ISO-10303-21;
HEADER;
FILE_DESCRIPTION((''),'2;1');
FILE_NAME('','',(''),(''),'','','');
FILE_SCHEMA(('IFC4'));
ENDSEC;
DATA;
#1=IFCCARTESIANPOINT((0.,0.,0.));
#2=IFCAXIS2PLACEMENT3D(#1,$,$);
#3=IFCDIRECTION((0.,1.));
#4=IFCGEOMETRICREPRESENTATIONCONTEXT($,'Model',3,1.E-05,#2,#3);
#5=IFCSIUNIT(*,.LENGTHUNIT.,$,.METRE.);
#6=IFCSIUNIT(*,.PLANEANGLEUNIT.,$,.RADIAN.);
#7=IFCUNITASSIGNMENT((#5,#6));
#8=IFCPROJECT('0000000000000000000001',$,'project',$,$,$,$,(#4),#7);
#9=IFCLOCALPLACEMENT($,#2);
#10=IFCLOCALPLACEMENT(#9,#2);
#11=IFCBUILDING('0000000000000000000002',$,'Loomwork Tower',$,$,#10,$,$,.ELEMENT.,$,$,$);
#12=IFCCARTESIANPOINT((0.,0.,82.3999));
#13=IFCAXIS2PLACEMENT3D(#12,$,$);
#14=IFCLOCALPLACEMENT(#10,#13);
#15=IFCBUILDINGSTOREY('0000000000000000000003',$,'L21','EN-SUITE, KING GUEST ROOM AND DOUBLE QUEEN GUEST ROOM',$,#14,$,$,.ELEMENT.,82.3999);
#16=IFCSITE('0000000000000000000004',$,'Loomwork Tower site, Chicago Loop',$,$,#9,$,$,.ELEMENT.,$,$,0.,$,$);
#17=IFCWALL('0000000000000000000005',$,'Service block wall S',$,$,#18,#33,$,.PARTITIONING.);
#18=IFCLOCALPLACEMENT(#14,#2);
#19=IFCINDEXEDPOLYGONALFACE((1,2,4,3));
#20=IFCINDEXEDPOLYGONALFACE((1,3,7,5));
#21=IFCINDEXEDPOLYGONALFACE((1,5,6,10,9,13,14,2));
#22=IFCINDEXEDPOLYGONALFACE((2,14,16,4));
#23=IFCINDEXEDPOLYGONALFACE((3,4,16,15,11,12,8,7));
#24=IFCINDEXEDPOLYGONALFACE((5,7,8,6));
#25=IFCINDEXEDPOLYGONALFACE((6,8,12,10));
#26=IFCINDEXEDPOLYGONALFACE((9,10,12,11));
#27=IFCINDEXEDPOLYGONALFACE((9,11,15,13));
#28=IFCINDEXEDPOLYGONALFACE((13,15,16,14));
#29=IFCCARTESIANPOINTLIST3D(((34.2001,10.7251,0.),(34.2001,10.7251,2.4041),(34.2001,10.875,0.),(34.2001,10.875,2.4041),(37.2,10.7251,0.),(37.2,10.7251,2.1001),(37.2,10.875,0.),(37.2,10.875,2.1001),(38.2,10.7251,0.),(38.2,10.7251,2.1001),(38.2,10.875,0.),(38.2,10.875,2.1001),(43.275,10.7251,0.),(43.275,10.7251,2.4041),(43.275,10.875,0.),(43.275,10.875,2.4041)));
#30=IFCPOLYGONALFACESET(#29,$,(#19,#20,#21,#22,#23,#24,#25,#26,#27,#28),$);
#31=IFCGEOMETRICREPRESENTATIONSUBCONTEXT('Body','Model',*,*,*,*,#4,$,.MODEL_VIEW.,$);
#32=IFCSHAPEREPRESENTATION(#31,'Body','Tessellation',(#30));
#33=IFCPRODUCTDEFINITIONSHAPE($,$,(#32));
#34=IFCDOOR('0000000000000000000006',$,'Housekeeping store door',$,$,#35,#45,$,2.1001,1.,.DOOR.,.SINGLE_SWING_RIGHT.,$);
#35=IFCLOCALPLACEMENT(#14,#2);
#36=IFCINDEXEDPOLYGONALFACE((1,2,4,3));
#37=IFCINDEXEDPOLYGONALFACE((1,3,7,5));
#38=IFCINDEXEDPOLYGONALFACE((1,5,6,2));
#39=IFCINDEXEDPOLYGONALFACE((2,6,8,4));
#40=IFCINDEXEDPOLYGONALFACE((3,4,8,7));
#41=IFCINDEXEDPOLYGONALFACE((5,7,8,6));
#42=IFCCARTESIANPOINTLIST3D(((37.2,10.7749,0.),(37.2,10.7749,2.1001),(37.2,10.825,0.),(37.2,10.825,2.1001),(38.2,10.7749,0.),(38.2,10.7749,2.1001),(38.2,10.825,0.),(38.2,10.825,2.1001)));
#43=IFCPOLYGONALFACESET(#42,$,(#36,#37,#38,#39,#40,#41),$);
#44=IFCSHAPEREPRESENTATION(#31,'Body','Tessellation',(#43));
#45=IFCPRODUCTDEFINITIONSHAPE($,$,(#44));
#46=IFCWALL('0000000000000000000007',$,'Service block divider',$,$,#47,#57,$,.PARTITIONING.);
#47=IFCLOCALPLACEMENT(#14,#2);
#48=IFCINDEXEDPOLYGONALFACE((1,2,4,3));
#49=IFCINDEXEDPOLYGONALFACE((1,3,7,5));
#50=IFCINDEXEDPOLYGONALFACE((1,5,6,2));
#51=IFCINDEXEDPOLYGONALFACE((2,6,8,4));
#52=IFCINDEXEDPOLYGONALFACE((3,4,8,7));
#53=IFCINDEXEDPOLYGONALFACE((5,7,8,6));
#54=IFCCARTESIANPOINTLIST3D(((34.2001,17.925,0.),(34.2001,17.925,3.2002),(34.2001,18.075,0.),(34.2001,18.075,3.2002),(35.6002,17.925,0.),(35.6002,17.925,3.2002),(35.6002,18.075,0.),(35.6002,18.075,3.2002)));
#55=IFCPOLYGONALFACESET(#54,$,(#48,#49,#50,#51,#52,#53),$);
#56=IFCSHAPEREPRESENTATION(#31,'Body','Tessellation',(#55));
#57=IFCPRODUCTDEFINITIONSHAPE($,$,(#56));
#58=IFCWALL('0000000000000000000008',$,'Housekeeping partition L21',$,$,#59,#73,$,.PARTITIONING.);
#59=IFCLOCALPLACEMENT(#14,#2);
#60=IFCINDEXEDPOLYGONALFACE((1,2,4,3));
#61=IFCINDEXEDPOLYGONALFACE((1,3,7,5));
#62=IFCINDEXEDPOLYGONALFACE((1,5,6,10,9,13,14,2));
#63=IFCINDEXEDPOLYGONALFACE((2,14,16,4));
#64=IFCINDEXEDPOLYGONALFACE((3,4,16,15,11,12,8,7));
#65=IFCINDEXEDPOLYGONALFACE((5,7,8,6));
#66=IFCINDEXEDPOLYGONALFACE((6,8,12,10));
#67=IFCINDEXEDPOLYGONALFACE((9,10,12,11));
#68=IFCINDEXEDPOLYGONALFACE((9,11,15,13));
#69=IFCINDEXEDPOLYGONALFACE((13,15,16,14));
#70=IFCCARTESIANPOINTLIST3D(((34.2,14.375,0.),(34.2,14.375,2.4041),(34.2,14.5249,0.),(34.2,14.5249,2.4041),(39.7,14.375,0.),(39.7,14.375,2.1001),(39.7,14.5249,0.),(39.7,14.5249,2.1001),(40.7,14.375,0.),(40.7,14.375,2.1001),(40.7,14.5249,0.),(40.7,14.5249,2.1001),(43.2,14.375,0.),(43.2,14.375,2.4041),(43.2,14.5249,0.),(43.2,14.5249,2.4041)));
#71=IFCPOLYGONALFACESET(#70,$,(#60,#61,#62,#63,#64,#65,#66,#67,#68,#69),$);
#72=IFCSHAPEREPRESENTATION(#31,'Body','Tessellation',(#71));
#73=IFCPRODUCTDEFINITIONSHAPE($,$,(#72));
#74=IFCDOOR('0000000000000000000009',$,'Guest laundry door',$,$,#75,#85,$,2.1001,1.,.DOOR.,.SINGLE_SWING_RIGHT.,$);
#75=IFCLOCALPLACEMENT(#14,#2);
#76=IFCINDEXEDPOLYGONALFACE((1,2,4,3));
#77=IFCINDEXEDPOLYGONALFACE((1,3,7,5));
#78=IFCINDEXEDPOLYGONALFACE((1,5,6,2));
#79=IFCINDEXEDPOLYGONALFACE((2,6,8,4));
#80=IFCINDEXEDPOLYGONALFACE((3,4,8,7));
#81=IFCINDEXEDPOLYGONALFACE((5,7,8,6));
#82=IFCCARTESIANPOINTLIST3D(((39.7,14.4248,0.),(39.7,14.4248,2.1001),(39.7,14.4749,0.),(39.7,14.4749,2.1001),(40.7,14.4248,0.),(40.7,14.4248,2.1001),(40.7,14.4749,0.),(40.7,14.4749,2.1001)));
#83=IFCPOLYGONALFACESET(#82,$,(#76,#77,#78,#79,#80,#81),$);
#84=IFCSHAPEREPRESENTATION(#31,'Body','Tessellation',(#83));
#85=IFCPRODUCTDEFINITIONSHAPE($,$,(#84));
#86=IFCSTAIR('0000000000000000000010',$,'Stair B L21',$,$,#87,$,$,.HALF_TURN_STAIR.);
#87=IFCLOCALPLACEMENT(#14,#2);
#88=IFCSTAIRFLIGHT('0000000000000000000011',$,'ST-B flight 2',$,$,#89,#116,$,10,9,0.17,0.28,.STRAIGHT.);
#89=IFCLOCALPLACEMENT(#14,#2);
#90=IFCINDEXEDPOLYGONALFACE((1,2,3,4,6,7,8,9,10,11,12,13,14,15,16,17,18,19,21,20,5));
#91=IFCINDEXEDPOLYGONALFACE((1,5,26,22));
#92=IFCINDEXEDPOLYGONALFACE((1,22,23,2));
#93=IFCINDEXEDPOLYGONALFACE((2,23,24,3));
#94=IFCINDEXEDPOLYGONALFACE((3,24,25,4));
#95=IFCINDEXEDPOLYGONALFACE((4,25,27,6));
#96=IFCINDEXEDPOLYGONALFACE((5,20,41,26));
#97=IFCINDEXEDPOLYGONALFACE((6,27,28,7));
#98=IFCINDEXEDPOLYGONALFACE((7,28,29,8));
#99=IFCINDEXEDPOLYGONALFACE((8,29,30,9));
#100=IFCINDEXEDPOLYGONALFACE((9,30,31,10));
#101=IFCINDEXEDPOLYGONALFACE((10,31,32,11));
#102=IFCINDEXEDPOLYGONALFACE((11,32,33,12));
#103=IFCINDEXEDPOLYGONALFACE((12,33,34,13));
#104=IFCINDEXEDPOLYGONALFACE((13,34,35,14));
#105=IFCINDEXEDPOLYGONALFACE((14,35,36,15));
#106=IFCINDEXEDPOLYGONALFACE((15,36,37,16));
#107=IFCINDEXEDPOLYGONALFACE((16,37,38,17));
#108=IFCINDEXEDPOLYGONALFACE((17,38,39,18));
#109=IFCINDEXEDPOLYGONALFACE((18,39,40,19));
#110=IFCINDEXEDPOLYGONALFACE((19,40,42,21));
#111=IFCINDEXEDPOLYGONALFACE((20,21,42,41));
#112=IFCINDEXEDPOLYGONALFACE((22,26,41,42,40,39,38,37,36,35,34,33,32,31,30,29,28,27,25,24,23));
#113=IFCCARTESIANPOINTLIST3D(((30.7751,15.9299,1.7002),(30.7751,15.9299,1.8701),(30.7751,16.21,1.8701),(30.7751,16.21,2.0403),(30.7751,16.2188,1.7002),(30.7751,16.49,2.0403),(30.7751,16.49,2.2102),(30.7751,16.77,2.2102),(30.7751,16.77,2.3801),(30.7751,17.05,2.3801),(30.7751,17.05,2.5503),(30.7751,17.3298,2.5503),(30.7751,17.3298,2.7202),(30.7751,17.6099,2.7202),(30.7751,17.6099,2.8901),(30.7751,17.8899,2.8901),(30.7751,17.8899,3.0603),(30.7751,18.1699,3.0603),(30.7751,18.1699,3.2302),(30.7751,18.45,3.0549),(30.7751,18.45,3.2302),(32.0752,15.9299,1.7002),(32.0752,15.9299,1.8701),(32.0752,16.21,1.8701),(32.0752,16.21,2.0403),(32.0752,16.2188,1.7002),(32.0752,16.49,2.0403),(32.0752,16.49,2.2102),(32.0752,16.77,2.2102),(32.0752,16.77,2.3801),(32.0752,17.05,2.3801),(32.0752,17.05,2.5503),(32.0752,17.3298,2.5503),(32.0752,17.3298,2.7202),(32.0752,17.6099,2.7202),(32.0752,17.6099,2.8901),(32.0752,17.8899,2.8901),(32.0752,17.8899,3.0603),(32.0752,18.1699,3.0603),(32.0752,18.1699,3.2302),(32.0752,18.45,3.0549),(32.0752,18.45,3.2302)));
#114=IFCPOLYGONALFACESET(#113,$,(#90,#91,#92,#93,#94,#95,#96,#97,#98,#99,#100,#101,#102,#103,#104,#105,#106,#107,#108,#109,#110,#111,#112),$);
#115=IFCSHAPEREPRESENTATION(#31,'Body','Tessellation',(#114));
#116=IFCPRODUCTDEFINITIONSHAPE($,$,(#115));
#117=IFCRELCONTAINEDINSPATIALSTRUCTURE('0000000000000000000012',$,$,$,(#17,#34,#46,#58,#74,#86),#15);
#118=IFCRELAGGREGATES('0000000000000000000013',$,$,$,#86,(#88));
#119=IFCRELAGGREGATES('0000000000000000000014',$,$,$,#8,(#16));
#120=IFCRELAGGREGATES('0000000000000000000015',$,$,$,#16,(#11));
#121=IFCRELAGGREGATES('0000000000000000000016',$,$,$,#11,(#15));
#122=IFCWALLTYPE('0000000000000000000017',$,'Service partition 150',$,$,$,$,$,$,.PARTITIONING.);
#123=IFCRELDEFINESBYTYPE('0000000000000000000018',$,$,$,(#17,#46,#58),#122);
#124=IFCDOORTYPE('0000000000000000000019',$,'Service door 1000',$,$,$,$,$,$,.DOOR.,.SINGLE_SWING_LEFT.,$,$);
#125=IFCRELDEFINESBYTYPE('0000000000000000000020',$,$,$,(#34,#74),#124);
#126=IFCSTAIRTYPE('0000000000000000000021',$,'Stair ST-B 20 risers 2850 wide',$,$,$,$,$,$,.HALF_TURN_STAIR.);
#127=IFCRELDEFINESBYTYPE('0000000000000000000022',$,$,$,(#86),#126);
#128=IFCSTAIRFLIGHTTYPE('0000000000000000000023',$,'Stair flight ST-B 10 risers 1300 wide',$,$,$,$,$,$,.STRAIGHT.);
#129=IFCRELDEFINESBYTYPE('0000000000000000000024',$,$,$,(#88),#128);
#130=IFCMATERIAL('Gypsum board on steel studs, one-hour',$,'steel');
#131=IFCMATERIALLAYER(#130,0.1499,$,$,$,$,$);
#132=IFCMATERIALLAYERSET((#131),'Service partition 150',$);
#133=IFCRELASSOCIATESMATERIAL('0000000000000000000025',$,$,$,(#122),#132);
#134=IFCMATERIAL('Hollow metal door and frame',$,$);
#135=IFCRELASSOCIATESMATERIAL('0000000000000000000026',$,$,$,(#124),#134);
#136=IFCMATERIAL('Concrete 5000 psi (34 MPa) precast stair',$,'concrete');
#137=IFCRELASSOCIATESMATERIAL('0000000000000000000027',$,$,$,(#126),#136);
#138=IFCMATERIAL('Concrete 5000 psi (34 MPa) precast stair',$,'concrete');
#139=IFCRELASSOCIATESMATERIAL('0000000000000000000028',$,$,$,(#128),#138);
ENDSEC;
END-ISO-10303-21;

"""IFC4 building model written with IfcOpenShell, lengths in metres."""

from ifc_helpers import new_model, si_unit, direction, frame, frame_2d, origin, place, context, subcontext, project, spatial, polyline, rectangle, outline, extrude, material, layer, layer_set, type_object, element, fill, aggregate, save


model = new_model("IFC4")

# Units and contexts
model_context = context("Model", 3, precision=1e-05, world=origin(), true_north=direction((0.0, 1.0)))
body_context = subcontext(model_context, "Body", "Model", "MODEL_VIEW")
ifc_project = project(units=[si_unit("LENGTHUNIT", "METRE"), si_unit("PLANEANGLEUNIT", "RADIAN")], contexts=[model_context])

# Site, building, storey
site_placement = place(None, origin())
site = spatial("IfcSite", under=ifc_project, at=site_placement, Name="Loomwork Tower site, Chicago Loop", CompositionType="ELEMENT", RefElevation=0.0)
building_placement = place(site_placement, origin())
building = spatial("IfcBuilding", under=site, at=building_placement, Name="Loomwork Tower", CompositionType="ELEMENT")
storey_placement = place(building_placement, frame((0.0, 0.0, 82.3999)))
storey = spatial("IfcBuildingStorey", under=building, at=storey_placement, Name="L21", Description="EN-SUITE, KING GUEST ROOM AND DOUBLE QUEEN GUEST ROOM", CompositionType="ELEMENT", Elevation=82.3999)

# Wall, opening, door
ifc_material_1 = material(Name="Gypsum board on steel studs, one-hour", Category="steel")
ifc_layer_1 = layer(ifc_material_1, 0.1499)
ifc_layer_set_1 = layer_set([ifc_layer_1], Name="Service partition 150")
wall_type_1 = type_object("IfcWallType", Name="Service partition 150", PredefinedType="PARTITIONING", material=ifc_layer_set_1)
wall_1_placement = place(storey_placement, frame((34.2, 10.8, 0.0), z_axis=(0.0, 0.0, 1.0), x_axis=(1.0, 0.0, 0.0)))
wall_1 = element("IfcWall", 1, at=wall_1_placement, inside=storey, type_object=wall_type_1, Name="Service block wall S", PredefinedType="PARTITIONING", context=body_context, shape_type="SweptSolid", body=[
    extrude(rectangle(XDim=9.075, YDim=0.1499, at=frame_2d((4.5376, 0.0))), origin(), (0.0, 0.0, 1.0), 2.4041),
])
opening_1_placement = place(wall_1_placement, frame((3.0, 0.0, 0.0)))
opening_1 = element("IfcOpeningElement", 2, at=opening_1_placement, cuts=wall_1, PredefinedType="OPENING", context=body_context, shape_type="SweptSolid", body=[
    extrude(rectangle(XDim=1.0, YDim=2.1001, at=frame_2d((0.5, 1.05))), frame((0.0, 0.085, 0.0), z_axis=(0.0, -1.0, 0.0), x_axis=(1.0, 0.0, 0.0)), (0.0, 0.0, 1.0), 0.1699),
])
ifc_material_2 = material(Name="Hollow metal door and frame")
door_type_1 = type_object("IfcDoorType", Name="Service door 1000", OperationType="SINGLE_SWING_LEFT", PredefinedType="DOOR", material=ifc_material_2)
door_1_placement = place(opening_1_placement, origin())
door_1 = element("IfcDoor", 3, at=door_1_placement, inside=storey, type_object=door_type_1, Name="Housekeeping store door", OperationType="SINGLE_SWING_RIGHT", OverallHeight=2.1001, OverallWidth=1.0, PredefinedType="DOOR", context=body_context, shape_type="SweptSolid", body=[
    extrude(rectangle(XDim=1.0, YDim=2.1001, at=frame_2d((0.5, 1.05))), frame((0.0, 0.0249, 0.0), z_axis=(0.0, -1.0, 0.0), x_axis=(1.0, 0.0, 0.0)), (0.0, 0.0, 1.0), 0.05),
])
fill(opening_1, door_1)

# Wall
wall_2_placement = place(storey_placement, frame((34.2, 18.0, 0.0), z_axis=(0.0, 0.0, 1.0), x_axis=(1.0, 0.0, 0.0)))
element("IfcWall", 4, at=wall_2_placement, inside=storey, type_object=wall_type_1, Name="Service block divider", PredefinedType="PARTITIONING", context=body_context, shape_type="SweptSolid", body=[
    extrude(rectangle(XDim=1.4001, YDim=0.1499, at=frame_2d((0.7002, 0.0))), origin(), (0.0, 0.0, 1.0), 3.2002),
])

# Wall, opening, door
wall_3_placement = place(storey_placement, frame((34.2, 14.45, 0.0), z_axis=(0.0, 0.0, 1.0), x_axis=(1.0, 0.0, 0.0)))
wall_3 = element("IfcWall", 5, at=wall_3_placement, inside=storey, type_object=wall_type_1, Name="Housekeeping partition L21", PredefinedType="PARTITIONING", context=body_context, shape_type="SweptSolid", body=[
    extrude(rectangle(XDim=9.0, YDim=0.1499, at=frame_2d((4.5, 0.0))), origin(), (0.0, 0.0, 1.0), 2.4041),
])
opening_2_placement = place(wall_3_placement, frame((5.5, 0.0, 0.0)))
opening_2 = element("IfcOpeningElement", 6, at=opening_2_placement, cuts=wall_3, PredefinedType="OPENING", context=body_context, shape_type="SweptSolid", body=[
    extrude(rectangle(XDim=1.0, YDim=2.1001, at=frame_2d((0.5, 1.05))), frame((0.0, 0.085, 0.0), z_axis=(0.0, -1.0, 0.0), x_axis=(1.0, 0.0, 0.0)), (0.0, 0.0, 1.0), 0.1699),
])
door_2_placement = place(opening_2_placement, origin())
door_2 = element("IfcDoor", 7, at=door_2_placement, inside=storey, type_object=door_type_1, Name="Guest laundry door", OperationType="SINGLE_SWING_RIGHT", OverallHeight=2.1001, OverallWidth=1.0, PredefinedType="DOOR", context=body_context, shape_type="SweptSolid", body=[
    extrude(rectangle(XDim=1.0, YDim=2.1001, at=frame_2d((0.5, 1.05))), frame((0.0, 0.0249, 0.0), z_axis=(0.0, -1.0, 0.0), x_axis=(1.0, 0.0, 0.0)), (0.0, 0.0, 1.0), 0.05),
])
fill(opening_2, door_2)

# Stair, stair flight
ifc_material_3 = material(Name="Concrete 5000 psi (34 MPa) precast stair", Category="concrete")
stair_type = type_object("IfcStairType", Name="Stair ST-B 20 risers 2850 wide", PredefinedType="HALF_TURN_STAIR", material=ifc_material_3)
stair_placement = place(storey_placement, origin())
stair = element("IfcStair", 8, at=stair_placement, inside=storey, type_object=stair_type, Name="Stair B L21", PredefinedType="HALF_TURN_STAIR")
ifc_material_4 = material(Name="Concrete 5000 psi (34 MPa) precast stair", Category="concrete")
stair_flight_type = type_object("IfcStairFlightType", Name="Stair flight ST-B 10 risers 1300 wide", PredefinedType="STRAIGHT", material=ifc_material_4)
stair_flight_placement = place(storey_placement, frame((31.425, 15.9299, 1.7002), z_axis=(0.0, 0.0, 1.0), x_axis=(0.0, 1.0, 0.0)))
stair_flight = element("IfcStairFlight", 9, at=stair_flight_placement, type_object=stair_flight_type, Name="ST-B flight 2", NumberOfRisers=10, NumberOfTreads=9, PredefinedType="STRAIGHT", RiserHeight=0.17, TreadLength=0.28, context=body_context, shape_type="SweptSolid", body=[
    extrude(outline(polyline([(0.0, 0.0), (0.0, 0.1699), (0.28, 0.1699), (0.28, 0.3401), (0.5601, 0.3401), (0.5601, 0.51), (0.8401, 0.51), (0.8401, 0.6799), (1.1201, 0.6799), (1.1201, 0.8501), (1.3999, 0.8501), (1.3999, 1.02), (1.6799, 1.02), (1.6799, 1.1899), (1.96, 1.1899), (1.96, 1.3601), (2.24, 1.3601), (2.24, 1.53), (2.52, 1.53), (2.52, 1.7), (2.52, 1.3547), (0.2888, 0.0), (0.0, 0.0)])), frame((0.0, 0.6499, 0.0), z_axis=(0.0, -1.0, 0.0), x_axis=(1.0, 0.0, 0.0)), (0.0, 0.0, 1.0), 1.3),
])
aggregate(stair, [stair_flight])

save(model, "model.ifc")
